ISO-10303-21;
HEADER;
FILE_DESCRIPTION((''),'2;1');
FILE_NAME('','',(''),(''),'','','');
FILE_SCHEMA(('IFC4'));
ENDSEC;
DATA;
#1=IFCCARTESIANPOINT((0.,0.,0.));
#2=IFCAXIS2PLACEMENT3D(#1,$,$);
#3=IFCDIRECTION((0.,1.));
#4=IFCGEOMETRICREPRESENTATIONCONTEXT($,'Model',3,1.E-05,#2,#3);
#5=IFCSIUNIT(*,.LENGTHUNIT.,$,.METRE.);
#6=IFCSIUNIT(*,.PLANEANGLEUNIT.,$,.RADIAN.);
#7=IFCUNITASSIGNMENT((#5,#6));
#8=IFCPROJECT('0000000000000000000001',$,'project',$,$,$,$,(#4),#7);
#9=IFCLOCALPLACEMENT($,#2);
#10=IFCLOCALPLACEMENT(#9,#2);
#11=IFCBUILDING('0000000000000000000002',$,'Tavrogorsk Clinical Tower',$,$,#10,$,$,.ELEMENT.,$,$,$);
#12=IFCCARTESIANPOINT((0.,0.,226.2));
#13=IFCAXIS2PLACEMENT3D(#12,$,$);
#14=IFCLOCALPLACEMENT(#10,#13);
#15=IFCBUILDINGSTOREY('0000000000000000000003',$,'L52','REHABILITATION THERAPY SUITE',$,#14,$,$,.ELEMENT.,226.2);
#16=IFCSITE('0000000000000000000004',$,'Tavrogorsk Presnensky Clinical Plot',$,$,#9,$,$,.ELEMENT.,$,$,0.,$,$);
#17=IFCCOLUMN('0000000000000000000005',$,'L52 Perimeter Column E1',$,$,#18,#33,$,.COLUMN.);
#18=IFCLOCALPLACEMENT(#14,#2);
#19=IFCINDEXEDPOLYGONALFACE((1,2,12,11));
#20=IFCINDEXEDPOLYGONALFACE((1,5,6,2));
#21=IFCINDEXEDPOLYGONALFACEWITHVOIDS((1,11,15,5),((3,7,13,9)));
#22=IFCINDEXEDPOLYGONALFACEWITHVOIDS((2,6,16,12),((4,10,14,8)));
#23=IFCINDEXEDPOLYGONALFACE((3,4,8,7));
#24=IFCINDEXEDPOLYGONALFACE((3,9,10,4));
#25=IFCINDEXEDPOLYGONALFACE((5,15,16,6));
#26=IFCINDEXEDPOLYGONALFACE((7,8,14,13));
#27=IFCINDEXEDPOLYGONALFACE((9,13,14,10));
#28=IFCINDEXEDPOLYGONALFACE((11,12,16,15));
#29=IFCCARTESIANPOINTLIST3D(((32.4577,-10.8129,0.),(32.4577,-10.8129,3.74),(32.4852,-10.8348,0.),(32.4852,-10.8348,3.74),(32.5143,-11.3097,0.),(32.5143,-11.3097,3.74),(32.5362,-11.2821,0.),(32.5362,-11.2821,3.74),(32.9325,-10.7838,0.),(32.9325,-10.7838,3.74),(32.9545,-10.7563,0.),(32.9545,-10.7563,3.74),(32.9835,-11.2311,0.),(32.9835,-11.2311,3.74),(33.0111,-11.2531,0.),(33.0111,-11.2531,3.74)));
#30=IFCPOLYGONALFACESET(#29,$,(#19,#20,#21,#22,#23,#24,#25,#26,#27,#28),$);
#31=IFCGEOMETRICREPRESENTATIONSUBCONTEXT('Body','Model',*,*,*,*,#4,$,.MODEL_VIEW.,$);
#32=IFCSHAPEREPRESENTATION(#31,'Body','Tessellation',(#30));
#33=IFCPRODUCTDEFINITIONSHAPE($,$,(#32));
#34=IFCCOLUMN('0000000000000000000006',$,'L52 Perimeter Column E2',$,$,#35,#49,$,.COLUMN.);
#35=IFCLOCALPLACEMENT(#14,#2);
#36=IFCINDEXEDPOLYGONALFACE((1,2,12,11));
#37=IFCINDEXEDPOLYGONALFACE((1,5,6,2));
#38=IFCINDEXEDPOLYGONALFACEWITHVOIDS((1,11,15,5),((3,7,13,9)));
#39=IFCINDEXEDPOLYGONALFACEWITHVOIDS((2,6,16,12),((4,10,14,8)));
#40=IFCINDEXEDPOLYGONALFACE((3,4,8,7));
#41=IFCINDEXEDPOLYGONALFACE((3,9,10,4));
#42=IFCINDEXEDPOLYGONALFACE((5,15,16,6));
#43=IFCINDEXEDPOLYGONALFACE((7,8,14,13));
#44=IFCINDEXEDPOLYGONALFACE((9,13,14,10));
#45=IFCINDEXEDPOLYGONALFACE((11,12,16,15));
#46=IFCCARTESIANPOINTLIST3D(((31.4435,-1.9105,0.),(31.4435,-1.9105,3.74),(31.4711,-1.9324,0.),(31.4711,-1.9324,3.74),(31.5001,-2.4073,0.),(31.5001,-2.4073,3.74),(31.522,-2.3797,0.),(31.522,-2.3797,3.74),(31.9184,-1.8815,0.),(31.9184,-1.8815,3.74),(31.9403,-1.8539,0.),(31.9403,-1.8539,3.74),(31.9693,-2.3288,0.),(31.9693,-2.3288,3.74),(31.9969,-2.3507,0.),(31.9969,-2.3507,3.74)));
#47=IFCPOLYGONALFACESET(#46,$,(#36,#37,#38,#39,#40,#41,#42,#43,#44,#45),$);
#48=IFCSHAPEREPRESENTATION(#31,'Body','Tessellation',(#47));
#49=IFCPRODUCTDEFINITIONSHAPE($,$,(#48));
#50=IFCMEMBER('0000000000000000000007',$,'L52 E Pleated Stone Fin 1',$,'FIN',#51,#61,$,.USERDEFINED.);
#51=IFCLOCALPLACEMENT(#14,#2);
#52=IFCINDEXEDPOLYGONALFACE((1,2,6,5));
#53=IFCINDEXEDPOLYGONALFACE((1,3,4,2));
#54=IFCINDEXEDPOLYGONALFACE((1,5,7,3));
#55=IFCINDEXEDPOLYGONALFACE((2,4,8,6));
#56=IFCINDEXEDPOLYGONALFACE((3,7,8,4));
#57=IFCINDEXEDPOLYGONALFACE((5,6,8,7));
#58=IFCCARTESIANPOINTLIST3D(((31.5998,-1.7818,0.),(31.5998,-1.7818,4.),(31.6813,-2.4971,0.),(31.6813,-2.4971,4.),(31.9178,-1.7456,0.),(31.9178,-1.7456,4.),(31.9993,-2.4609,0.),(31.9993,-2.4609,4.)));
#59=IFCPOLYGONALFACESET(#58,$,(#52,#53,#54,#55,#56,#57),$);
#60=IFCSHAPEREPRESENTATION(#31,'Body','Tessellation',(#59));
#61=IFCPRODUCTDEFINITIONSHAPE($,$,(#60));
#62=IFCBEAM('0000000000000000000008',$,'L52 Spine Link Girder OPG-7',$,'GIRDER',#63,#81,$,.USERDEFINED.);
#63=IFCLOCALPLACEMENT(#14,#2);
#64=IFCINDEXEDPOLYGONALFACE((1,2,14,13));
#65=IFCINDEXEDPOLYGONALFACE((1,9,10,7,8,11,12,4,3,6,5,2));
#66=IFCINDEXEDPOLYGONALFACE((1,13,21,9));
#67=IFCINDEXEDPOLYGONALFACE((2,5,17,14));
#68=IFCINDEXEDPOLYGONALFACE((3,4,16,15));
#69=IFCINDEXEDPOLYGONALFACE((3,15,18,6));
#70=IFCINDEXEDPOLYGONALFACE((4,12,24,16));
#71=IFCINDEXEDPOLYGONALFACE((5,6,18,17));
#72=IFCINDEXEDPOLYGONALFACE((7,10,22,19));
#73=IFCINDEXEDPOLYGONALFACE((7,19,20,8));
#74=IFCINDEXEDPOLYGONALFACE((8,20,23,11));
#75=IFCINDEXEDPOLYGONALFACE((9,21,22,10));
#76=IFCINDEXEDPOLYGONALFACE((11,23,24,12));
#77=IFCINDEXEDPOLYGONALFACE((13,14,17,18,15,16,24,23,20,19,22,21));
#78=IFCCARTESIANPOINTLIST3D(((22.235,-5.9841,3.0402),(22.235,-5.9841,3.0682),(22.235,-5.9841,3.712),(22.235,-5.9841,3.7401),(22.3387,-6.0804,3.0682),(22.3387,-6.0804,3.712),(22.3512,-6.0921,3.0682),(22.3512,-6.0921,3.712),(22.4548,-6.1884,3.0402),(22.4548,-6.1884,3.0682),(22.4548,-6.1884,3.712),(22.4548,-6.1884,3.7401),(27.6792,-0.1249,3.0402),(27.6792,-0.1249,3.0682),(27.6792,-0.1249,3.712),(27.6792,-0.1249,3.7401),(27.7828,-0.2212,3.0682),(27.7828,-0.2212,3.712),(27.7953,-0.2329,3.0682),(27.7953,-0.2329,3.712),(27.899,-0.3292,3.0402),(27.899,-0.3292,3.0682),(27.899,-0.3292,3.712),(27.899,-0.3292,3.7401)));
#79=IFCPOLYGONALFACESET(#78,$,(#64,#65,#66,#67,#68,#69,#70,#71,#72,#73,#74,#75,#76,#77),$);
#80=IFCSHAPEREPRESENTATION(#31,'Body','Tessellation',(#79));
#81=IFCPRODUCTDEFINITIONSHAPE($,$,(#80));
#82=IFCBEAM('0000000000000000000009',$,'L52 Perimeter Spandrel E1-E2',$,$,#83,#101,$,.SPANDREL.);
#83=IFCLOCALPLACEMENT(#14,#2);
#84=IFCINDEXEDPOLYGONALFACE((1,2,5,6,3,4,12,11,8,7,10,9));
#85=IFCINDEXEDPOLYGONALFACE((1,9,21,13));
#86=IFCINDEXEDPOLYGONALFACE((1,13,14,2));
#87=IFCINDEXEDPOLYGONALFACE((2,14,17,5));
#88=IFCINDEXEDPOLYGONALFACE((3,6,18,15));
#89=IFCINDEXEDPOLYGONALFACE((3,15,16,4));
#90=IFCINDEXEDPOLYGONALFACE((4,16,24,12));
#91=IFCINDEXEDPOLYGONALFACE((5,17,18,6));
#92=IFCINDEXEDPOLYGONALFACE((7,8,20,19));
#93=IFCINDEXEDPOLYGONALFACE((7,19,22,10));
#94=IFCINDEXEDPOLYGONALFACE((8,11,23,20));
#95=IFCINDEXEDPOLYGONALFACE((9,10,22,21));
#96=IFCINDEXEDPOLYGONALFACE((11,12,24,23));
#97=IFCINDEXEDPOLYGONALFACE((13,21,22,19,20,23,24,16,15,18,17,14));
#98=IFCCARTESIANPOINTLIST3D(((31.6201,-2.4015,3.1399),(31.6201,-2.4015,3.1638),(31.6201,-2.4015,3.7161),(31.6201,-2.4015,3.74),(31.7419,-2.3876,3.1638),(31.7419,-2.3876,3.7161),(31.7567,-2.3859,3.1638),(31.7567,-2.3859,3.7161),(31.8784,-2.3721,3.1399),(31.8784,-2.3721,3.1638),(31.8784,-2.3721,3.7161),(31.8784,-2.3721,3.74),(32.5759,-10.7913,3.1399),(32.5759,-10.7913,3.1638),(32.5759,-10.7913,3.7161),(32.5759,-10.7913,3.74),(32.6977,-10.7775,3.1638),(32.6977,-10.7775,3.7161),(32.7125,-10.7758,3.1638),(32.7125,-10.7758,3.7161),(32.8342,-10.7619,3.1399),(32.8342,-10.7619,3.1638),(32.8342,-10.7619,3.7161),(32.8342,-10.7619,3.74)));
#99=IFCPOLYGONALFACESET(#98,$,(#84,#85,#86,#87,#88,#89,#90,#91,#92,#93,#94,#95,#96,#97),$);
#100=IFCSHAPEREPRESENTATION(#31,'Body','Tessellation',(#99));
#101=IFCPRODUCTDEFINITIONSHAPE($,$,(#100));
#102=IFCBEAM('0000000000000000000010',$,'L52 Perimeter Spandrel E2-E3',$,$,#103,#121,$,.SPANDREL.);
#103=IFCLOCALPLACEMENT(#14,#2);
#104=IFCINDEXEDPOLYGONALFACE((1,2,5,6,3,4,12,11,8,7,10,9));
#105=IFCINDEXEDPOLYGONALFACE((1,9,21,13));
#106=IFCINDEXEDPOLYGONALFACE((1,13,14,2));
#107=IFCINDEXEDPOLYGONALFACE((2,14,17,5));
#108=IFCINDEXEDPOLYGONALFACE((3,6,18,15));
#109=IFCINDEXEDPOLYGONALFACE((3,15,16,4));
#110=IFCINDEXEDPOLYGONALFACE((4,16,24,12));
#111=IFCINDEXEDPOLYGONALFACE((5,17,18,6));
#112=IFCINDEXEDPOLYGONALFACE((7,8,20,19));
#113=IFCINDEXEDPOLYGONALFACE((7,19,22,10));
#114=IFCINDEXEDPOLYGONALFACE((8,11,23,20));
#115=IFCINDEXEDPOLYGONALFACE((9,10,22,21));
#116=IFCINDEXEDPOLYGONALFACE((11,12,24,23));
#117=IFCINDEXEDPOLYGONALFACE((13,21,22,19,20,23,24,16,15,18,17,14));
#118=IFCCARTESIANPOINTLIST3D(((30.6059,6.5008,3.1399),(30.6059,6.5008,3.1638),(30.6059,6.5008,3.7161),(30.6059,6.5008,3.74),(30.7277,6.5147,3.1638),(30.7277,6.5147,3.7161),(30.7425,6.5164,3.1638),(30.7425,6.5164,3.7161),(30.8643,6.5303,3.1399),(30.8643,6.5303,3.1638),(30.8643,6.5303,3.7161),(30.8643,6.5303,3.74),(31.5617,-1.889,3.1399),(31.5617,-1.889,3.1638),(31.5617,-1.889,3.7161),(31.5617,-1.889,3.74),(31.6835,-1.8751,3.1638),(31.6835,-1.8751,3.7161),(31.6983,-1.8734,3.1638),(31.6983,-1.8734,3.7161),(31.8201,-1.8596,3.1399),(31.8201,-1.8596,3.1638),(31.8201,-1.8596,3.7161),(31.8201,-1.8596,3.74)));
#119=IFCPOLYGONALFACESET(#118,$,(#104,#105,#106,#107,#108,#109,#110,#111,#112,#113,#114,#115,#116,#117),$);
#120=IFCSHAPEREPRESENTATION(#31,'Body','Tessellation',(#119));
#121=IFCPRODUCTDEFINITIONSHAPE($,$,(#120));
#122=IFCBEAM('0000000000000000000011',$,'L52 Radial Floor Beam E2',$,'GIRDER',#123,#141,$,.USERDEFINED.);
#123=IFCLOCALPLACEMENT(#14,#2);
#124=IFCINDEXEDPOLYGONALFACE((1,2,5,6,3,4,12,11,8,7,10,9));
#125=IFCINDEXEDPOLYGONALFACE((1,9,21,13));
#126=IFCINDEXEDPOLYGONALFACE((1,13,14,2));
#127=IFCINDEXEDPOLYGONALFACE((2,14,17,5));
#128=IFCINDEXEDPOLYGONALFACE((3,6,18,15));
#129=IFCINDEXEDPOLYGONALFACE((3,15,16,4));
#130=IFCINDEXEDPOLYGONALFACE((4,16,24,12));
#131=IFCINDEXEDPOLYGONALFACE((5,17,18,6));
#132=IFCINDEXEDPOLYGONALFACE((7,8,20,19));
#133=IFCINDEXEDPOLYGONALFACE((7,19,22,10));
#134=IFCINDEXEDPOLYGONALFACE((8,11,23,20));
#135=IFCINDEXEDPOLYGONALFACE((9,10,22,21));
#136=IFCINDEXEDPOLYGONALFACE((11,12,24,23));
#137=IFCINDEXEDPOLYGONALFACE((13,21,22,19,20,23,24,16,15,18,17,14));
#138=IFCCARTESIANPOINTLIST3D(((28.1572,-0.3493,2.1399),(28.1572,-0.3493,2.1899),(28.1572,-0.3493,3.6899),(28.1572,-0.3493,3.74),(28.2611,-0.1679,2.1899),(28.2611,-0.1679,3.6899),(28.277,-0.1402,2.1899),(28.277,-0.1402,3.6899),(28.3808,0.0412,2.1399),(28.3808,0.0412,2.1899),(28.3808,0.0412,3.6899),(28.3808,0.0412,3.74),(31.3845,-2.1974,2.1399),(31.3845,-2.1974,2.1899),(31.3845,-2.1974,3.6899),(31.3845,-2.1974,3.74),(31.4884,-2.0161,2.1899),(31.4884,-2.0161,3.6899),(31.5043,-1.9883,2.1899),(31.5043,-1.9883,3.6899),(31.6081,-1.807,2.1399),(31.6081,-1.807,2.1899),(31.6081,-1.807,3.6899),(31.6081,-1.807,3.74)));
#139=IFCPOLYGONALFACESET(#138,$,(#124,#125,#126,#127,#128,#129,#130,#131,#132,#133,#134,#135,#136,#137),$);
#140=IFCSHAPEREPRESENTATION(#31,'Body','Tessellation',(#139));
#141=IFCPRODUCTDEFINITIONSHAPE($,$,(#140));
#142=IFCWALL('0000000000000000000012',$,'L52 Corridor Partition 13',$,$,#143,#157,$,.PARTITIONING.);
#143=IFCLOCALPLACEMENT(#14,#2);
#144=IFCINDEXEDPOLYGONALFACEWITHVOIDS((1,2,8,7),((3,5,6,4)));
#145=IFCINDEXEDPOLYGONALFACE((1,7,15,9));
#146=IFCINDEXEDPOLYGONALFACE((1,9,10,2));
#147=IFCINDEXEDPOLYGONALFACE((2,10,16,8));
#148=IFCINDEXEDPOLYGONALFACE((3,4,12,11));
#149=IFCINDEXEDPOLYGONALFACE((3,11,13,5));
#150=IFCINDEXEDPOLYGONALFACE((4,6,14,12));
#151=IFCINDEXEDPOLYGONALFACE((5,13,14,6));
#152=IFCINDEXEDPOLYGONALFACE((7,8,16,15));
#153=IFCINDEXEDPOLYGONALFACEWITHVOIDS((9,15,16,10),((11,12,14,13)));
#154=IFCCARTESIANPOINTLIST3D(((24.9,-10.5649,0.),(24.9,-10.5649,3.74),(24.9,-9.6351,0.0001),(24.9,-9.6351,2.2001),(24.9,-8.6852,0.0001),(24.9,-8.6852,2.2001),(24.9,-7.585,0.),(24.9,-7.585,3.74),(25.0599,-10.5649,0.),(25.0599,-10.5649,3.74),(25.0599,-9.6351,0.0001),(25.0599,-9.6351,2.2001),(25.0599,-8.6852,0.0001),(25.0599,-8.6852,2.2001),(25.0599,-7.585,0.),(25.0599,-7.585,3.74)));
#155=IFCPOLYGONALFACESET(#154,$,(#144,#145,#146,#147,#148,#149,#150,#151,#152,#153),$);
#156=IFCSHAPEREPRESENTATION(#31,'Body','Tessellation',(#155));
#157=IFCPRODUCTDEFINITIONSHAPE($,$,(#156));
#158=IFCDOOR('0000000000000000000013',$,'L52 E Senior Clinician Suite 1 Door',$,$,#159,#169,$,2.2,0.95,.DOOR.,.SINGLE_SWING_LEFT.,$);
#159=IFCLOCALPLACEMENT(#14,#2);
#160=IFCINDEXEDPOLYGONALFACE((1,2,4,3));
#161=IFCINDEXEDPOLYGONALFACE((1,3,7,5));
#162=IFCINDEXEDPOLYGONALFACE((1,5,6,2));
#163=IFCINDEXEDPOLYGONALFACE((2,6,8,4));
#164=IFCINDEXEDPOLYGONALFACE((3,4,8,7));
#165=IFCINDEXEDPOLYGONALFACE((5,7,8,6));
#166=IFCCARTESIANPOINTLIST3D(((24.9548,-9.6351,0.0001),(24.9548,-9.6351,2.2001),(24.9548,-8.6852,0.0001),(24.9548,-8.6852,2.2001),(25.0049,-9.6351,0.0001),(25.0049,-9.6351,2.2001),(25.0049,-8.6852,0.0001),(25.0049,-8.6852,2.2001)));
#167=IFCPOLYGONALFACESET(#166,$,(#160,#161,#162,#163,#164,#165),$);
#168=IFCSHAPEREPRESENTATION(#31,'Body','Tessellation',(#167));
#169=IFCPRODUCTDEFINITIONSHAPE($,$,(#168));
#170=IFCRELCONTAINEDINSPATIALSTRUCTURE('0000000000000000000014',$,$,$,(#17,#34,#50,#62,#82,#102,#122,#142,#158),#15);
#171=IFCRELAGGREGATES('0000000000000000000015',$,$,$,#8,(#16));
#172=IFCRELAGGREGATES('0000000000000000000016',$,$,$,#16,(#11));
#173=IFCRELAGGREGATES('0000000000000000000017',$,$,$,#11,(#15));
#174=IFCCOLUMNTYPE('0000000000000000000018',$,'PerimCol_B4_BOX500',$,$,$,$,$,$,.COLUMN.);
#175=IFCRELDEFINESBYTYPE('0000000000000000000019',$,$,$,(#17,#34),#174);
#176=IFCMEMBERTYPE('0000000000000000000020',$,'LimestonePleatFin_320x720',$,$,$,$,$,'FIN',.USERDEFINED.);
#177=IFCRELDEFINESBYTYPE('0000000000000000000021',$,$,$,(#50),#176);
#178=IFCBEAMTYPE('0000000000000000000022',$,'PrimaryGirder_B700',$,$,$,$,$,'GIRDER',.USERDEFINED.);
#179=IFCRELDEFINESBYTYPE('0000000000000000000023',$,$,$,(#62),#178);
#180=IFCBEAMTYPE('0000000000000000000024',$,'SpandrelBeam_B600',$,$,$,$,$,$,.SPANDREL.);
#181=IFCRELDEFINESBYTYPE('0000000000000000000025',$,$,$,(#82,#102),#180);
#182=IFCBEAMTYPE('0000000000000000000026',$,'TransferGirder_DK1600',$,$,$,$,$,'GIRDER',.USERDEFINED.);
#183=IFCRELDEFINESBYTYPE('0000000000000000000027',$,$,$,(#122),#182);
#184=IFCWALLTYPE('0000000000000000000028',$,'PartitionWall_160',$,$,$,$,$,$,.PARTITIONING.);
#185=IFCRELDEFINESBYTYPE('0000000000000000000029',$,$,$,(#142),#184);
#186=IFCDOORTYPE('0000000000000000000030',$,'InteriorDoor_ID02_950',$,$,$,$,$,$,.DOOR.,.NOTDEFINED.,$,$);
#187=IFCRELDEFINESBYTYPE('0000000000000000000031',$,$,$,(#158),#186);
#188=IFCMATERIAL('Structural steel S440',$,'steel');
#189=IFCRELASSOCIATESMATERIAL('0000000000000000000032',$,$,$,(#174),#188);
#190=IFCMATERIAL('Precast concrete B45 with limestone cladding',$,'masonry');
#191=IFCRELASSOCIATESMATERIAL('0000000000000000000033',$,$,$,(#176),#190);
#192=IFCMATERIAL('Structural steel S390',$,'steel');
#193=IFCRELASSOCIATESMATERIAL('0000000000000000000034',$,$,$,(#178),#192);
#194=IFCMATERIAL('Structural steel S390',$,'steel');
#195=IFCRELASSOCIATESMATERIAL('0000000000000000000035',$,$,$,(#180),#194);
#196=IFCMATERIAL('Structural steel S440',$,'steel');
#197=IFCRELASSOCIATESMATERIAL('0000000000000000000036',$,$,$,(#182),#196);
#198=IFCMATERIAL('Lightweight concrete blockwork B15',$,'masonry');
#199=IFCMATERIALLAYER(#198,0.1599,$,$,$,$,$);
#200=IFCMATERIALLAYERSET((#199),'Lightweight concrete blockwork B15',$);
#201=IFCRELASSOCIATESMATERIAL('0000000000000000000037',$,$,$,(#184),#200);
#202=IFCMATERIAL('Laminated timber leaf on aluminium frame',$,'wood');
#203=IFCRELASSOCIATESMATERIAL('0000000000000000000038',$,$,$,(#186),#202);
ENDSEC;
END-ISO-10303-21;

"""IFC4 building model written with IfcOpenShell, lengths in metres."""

from ifc_helpers import new_model, si_unit, direction, frame, frame_2d, origin, origin_2d, place, context, subcontext, project, spatial, rectangle, hollow_rectangle, i_section, extrude, material, layer, layer_set, material_profile, profile_set, type_object, element, fill, save


model = new_model("IFC4")

# Units and contexts
model_context = context("Model", 3, precision=1e-05, world=origin(), true_north=direction((0.0, 1.0)))
body_context = subcontext(model_context, "Body", "Model", "MODEL_VIEW")
ifc_project = project(units=[si_unit("LENGTHUNIT", "METRE"), si_unit("PLANEANGLEUNIT", "RADIAN")], contexts=[model_context])

# Site, building, storey
site_placement = place(None, origin())
site = spatial("IfcSite", under=ifc_project, at=site_placement, Name="Tavrogorsk Presnensky Clinical Plot", CompositionType="ELEMENT", RefElevation=0.0)
building_placement = place(site_placement, origin())
building = spatial("IfcBuilding", under=site, at=building_placement, Name="Tavrogorsk Clinical Tower", CompositionType="ELEMENT")
storey_placement = place(building_placement, frame((0.0, 0.0, 226.2)))
storey = spatial("IfcBuildingStorey", under=building, at=storey_placement, Name="L52", Description="REHABILITATION THERAPY SUITE", CompositionType="ELEMENT", Elevation=226.2)

# Columns
ifc_material_1 = material(Name="Structural steel S440", Category="steel")
ifc_material_profile_1 = material_profile(ifc_material_1, hollow_rectangle(XDim=0.5, YDim=0.5, WallThickness=0.0249, at=origin_2d()), Name="BOX-500x500x25")
ifc_profile_set_1 = profile_set([ifc_material_profile_1], Name="Structural steel S440")
column_type = type_object("IfcColumnType", Name="PerimCol_B4_BOX500", PredefinedType="COLUMN", material=ifc_profile_set_1)
for number, where, z_axis, x_axis, name in (
    (1, (32.7344, -11.033, 0.0), (0.0, 0.0, 1.0), (0.993572, 0.113203, 0.0), "L52 Perimeter Column E1"),
    (2, (31.7202, -2.1306, 0.0), (0.0, 0.0, 1.0), (0.993572, 0.113203, 0.0), "L52 Perimeter Column E2"),
):
    element("IfcColumn", number, at=place(storey_placement, frame(where, z_axis=z_axis, x_axis=x_axis)), inside=storey, type_object=column_type, Name=name, PredefinedType="COLUMN", context=body_context, shape_type="SweptSolid", body=[
        extrude(hollow_rectangle(XDim=0.5, YDim=0.5, WallThickness=0.0249, at=origin_2d()), origin(), (0.0, 0.0, 1.0), 3.74),
    ])

# Member
ifc_material_2 = material(Name="Precast concrete B45 with limestone cladding", Category="masonry")
ifc_material_profile_2 = material_profile(ifc_material_2, rectangle(XDim=0.3201, YDim=0.72, at=origin_2d()), Name="LIMESTONE-FIN-320x720")
ifc_profile_set_2 = profile_set([ifc_material_profile_2], Name="Precast concrete B45 with limestone cladding")
member_type = type_object("IfcMemberType", Name="LimestonePleatFin_320x720", ElementType="FIN", PredefinedType="USERDEFINED", material=ifc_profile_set_2)
member_placement = place(storey_placement, frame((31.7996, -2.1213, 0.0), z_axis=(0.0, 0.0, 1.0), x_axis=(0.993572, 0.113203, 0.0)))
element("IfcMember", 3, at=member_placement, inside=storey, type_object=member_type, Name="L52 E Pleated Stone Fin 1", ObjectType="FIN", PredefinedType="USERDEFINED", context=body_context, shape_type="SweptSolid", body=[
    extrude(rectangle(XDim=0.3201, YDim=0.72, at=origin_2d()), origin(), (0.0, 0.0, 1.0), 4.0),
])

# Beams
ifc_material_3 = material(Name="Structural steel S390", Category="steel")
ifc_material_profile_3 = material_profile(ifc_material_3, i_section(OverallWidth=0.3, OverallDepth=0.7, WebThickness=0.0171, FlangeThickness=0.0281, at=origin_2d()), Name="B-700x300x17x28")
ifc_profile_set_3 = profile_set([ifc_material_profile_3], Name="Structural steel S390")
beam_type_1 = type_object("IfcBeamType", Name="PrimaryGirder_B700", ElementType="GIRDER", PredefinedType="USERDEFINED", material=ifc_profile_set_3)
beam_1_placement = place(storey_placement, frame((27.7891, -0.2271, 3.3901), z_axis=(-0.680684, -0.732577, 0.0), x_axis=(0.732577, -0.680684, 0.0)))
element("IfcBeam", 4, at=beam_1_placement, inside=storey, type_object=beam_type_1, Name="L52 Spine Link Girder OPG-7", ObjectType="GIRDER", PredefinedType="USERDEFINED", context=body_context, shape_type="SweptSolid", body=[
    extrude(i_section(OverallWidth=0.3, OverallDepth=0.7, WebThickness=0.0171, FlangeThickness=0.0281, at=origin_2d()), origin(), (0.0, 0.0, 1.0), 7.998),
])
ifc_material_4 = material(Name="Structural steel S390", Category="steel")
ifc_material_profile_4 = material_profile(ifc_material_4, i_section(OverallWidth=0.26, OverallDepth=0.6001, WebThickness=0.0149, FlangeThickness=0.0239, at=origin_2d()), Name="B-600x260x15x24")
ifc_profile_set_4 = profile_set([ifc_material_profile_4], Name="Structural steel S390")
beam_type_2 = type_object("IfcBeamType", Name="SpandrelBeam_B600", PredefinedType="SPANDREL", material=ifc_profile_set_4)
for number, where, z_axis, x_axis, name in (
    (5, (32.7051, -10.7766, 3.4399), (-0.113192, 0.993573, 0.0), (-0.993573, -0.113192, 0.0), "L52 Perimeter Spandrel E1-E2"),
    (6, (31.6909, -1.8743, 3.4399), (-0.113192, 0.993573, 0.0), (-0.993573, -0.113192, 0.0), "L52 Perimeter Spandrel E2-E3"),
):
    element("IfcBeam", number, at=place(storey_placement, frame(where, z_axis=z_axis, x_axis=x_axis)), inside=storey, type_object=beam_type_2, Name=name, PredefinedType="SPANDREL", context=body_context, shape_type="SweptSolid", body=[
        extrude(i_section(OverallWidth=0.26, OverallDepth=0.6001, WebThickness=0.0149, FlangeThickness=0.0239, at=origin_2d()), origin(), (0.0, 0.0, 1.0), 8.4441),
    ])
ifc_material_5 = material(Name="Structural steel S440", Category="steel")
ifc_material_profile_5 = material_profile(ifc_material_5, i_section(OverallWidth=0.45, OverallDepth=1.6001, WebThickness=0.032, FlangeThickness=0.05, at=origin_2d()), Name="DK-1600x450x32x50")
ifc_profile_set_5 = profile_set([ifc_material_profile_5], Name="Structural steel S440")
beam_type_3 = type_object("IfcBeamType", Name="TransferGirder_DK1600", ElementType="GIRDER", PredefinedType="USERDEFINED", material=ifc_profile_set_5)
beam_2_placement = place(storey_placement, frame((28.269, -0.1541, 2.9399), z_axis=(0.867782, -0.496945, 0.0), x_axis=(0.496945, 0.867782, 0.0)))
element("IfcBeam", 7, at=beam_2_placement, inside=storey, type_object=beam_type_3, Name="L52 Radial Floor Beam E2", ObjectType="GIRDER", PredefinedType="USERDEFINED", context=body_context, shape_type="SweptSolid", body=[
    extrude(i_section(OverallWidth=0.45, OverallDepth=1.6001, WebThickness=0.032, FlangeThickness=0.05, at=origin_2d()), origin(), (0.0, 0.0, 1.0), 3.719),
])

# Wall, opening, door
ifc_material_6 = material(Name="Lightweight concrete blockwork B15", Category="masonry")
ifc_layer = layer(ifc_material_6, 0.1599)
ifc_layer_set = layer_set([ifc_layer], Name="Lightweight concrete blockwork B15")
wall_type = type_object("IfcWallType", Name="PartitionWall_160", PredefinedType="PARTITIONING", material=ifc_layer_set)
wall_1_placement = place(storey_placement, frame((24.98, -7.585, 0.0), z_axis=(0.0, 0.0, 1.0), x_axis=(0.0, -1.0, 0.0)))
wall_1 = element("IfcWall", 8, at=wall_1_placement, inside=storey, type_object=wall_type, Name="L52 Corridor Partition 13", PredefinedType="PARTITIONING", context=body_context, shape_type="SweptSolid", body=[
    extrude(rectangle(XDim=2.98, YDim=0.1599, at=frame_2d((1.49, 0.0))), origin(), (0.0, 0.0, 1.0), 3.74),
])
opening_1_placement = place(wall_1_placement, frame((1.1001, 0.0, 0.0)))
opening_1 = element("IfcOpeningElement", 9, at=opening_1_placement, cuts=wall_1, PredefinedType="OPENING", context=body_context, shape_type="SweptSolid", body=[
    extrude(rectangle(XDim=0.95, YDim=2.2, at=frame_2d((0.4751, 1.1001))), frame((0.0, 0.0898, 0.0), z_axis=(0.0, -1.0, 0.0), x_axis=(1.0, 0.0, 0.0)), (0.0, 0.0, 1.0), 0.1799),
])
ifc_material_7 = material(Name="Laminated timber leaf on aluminium frame", Category="wood")
door_type_1 = type_object("IfcDoorType", Name="InteriorDoor_ID02_950", OperationType="NOTDEFINED", PredefinedType="DOOR", material=ifc_material_7)
door_1_placement = place(opening_1_placement, origin())
door_1 = element("IfcDoor", 10, at=door_1_placement, inside=storey, type_object=door_type_1, Name="L52 E Senior Clinician Suite 1 Door", OperationType="SINGLE_SWING_LEFT", OverallHeight=2.2, OverallWidth=0.95, PredefinedType="DOOR", context=body_context, shape_type="SweptSolid", body=[
    extrude(rectangle(XDim=0.95, YDim=2.2, at=frame_2d((0.4751, 1.1001))), frame((0.0, 0.0249, 0.0), z_axis=(0.0, -1.0, 0.0), x_axis=(1.0, 0.0, 0.0)), (0.0, 0.0, 1.0), 0.05),
])
fill(opening_1, door_1)

save(model, "model.ifc")
